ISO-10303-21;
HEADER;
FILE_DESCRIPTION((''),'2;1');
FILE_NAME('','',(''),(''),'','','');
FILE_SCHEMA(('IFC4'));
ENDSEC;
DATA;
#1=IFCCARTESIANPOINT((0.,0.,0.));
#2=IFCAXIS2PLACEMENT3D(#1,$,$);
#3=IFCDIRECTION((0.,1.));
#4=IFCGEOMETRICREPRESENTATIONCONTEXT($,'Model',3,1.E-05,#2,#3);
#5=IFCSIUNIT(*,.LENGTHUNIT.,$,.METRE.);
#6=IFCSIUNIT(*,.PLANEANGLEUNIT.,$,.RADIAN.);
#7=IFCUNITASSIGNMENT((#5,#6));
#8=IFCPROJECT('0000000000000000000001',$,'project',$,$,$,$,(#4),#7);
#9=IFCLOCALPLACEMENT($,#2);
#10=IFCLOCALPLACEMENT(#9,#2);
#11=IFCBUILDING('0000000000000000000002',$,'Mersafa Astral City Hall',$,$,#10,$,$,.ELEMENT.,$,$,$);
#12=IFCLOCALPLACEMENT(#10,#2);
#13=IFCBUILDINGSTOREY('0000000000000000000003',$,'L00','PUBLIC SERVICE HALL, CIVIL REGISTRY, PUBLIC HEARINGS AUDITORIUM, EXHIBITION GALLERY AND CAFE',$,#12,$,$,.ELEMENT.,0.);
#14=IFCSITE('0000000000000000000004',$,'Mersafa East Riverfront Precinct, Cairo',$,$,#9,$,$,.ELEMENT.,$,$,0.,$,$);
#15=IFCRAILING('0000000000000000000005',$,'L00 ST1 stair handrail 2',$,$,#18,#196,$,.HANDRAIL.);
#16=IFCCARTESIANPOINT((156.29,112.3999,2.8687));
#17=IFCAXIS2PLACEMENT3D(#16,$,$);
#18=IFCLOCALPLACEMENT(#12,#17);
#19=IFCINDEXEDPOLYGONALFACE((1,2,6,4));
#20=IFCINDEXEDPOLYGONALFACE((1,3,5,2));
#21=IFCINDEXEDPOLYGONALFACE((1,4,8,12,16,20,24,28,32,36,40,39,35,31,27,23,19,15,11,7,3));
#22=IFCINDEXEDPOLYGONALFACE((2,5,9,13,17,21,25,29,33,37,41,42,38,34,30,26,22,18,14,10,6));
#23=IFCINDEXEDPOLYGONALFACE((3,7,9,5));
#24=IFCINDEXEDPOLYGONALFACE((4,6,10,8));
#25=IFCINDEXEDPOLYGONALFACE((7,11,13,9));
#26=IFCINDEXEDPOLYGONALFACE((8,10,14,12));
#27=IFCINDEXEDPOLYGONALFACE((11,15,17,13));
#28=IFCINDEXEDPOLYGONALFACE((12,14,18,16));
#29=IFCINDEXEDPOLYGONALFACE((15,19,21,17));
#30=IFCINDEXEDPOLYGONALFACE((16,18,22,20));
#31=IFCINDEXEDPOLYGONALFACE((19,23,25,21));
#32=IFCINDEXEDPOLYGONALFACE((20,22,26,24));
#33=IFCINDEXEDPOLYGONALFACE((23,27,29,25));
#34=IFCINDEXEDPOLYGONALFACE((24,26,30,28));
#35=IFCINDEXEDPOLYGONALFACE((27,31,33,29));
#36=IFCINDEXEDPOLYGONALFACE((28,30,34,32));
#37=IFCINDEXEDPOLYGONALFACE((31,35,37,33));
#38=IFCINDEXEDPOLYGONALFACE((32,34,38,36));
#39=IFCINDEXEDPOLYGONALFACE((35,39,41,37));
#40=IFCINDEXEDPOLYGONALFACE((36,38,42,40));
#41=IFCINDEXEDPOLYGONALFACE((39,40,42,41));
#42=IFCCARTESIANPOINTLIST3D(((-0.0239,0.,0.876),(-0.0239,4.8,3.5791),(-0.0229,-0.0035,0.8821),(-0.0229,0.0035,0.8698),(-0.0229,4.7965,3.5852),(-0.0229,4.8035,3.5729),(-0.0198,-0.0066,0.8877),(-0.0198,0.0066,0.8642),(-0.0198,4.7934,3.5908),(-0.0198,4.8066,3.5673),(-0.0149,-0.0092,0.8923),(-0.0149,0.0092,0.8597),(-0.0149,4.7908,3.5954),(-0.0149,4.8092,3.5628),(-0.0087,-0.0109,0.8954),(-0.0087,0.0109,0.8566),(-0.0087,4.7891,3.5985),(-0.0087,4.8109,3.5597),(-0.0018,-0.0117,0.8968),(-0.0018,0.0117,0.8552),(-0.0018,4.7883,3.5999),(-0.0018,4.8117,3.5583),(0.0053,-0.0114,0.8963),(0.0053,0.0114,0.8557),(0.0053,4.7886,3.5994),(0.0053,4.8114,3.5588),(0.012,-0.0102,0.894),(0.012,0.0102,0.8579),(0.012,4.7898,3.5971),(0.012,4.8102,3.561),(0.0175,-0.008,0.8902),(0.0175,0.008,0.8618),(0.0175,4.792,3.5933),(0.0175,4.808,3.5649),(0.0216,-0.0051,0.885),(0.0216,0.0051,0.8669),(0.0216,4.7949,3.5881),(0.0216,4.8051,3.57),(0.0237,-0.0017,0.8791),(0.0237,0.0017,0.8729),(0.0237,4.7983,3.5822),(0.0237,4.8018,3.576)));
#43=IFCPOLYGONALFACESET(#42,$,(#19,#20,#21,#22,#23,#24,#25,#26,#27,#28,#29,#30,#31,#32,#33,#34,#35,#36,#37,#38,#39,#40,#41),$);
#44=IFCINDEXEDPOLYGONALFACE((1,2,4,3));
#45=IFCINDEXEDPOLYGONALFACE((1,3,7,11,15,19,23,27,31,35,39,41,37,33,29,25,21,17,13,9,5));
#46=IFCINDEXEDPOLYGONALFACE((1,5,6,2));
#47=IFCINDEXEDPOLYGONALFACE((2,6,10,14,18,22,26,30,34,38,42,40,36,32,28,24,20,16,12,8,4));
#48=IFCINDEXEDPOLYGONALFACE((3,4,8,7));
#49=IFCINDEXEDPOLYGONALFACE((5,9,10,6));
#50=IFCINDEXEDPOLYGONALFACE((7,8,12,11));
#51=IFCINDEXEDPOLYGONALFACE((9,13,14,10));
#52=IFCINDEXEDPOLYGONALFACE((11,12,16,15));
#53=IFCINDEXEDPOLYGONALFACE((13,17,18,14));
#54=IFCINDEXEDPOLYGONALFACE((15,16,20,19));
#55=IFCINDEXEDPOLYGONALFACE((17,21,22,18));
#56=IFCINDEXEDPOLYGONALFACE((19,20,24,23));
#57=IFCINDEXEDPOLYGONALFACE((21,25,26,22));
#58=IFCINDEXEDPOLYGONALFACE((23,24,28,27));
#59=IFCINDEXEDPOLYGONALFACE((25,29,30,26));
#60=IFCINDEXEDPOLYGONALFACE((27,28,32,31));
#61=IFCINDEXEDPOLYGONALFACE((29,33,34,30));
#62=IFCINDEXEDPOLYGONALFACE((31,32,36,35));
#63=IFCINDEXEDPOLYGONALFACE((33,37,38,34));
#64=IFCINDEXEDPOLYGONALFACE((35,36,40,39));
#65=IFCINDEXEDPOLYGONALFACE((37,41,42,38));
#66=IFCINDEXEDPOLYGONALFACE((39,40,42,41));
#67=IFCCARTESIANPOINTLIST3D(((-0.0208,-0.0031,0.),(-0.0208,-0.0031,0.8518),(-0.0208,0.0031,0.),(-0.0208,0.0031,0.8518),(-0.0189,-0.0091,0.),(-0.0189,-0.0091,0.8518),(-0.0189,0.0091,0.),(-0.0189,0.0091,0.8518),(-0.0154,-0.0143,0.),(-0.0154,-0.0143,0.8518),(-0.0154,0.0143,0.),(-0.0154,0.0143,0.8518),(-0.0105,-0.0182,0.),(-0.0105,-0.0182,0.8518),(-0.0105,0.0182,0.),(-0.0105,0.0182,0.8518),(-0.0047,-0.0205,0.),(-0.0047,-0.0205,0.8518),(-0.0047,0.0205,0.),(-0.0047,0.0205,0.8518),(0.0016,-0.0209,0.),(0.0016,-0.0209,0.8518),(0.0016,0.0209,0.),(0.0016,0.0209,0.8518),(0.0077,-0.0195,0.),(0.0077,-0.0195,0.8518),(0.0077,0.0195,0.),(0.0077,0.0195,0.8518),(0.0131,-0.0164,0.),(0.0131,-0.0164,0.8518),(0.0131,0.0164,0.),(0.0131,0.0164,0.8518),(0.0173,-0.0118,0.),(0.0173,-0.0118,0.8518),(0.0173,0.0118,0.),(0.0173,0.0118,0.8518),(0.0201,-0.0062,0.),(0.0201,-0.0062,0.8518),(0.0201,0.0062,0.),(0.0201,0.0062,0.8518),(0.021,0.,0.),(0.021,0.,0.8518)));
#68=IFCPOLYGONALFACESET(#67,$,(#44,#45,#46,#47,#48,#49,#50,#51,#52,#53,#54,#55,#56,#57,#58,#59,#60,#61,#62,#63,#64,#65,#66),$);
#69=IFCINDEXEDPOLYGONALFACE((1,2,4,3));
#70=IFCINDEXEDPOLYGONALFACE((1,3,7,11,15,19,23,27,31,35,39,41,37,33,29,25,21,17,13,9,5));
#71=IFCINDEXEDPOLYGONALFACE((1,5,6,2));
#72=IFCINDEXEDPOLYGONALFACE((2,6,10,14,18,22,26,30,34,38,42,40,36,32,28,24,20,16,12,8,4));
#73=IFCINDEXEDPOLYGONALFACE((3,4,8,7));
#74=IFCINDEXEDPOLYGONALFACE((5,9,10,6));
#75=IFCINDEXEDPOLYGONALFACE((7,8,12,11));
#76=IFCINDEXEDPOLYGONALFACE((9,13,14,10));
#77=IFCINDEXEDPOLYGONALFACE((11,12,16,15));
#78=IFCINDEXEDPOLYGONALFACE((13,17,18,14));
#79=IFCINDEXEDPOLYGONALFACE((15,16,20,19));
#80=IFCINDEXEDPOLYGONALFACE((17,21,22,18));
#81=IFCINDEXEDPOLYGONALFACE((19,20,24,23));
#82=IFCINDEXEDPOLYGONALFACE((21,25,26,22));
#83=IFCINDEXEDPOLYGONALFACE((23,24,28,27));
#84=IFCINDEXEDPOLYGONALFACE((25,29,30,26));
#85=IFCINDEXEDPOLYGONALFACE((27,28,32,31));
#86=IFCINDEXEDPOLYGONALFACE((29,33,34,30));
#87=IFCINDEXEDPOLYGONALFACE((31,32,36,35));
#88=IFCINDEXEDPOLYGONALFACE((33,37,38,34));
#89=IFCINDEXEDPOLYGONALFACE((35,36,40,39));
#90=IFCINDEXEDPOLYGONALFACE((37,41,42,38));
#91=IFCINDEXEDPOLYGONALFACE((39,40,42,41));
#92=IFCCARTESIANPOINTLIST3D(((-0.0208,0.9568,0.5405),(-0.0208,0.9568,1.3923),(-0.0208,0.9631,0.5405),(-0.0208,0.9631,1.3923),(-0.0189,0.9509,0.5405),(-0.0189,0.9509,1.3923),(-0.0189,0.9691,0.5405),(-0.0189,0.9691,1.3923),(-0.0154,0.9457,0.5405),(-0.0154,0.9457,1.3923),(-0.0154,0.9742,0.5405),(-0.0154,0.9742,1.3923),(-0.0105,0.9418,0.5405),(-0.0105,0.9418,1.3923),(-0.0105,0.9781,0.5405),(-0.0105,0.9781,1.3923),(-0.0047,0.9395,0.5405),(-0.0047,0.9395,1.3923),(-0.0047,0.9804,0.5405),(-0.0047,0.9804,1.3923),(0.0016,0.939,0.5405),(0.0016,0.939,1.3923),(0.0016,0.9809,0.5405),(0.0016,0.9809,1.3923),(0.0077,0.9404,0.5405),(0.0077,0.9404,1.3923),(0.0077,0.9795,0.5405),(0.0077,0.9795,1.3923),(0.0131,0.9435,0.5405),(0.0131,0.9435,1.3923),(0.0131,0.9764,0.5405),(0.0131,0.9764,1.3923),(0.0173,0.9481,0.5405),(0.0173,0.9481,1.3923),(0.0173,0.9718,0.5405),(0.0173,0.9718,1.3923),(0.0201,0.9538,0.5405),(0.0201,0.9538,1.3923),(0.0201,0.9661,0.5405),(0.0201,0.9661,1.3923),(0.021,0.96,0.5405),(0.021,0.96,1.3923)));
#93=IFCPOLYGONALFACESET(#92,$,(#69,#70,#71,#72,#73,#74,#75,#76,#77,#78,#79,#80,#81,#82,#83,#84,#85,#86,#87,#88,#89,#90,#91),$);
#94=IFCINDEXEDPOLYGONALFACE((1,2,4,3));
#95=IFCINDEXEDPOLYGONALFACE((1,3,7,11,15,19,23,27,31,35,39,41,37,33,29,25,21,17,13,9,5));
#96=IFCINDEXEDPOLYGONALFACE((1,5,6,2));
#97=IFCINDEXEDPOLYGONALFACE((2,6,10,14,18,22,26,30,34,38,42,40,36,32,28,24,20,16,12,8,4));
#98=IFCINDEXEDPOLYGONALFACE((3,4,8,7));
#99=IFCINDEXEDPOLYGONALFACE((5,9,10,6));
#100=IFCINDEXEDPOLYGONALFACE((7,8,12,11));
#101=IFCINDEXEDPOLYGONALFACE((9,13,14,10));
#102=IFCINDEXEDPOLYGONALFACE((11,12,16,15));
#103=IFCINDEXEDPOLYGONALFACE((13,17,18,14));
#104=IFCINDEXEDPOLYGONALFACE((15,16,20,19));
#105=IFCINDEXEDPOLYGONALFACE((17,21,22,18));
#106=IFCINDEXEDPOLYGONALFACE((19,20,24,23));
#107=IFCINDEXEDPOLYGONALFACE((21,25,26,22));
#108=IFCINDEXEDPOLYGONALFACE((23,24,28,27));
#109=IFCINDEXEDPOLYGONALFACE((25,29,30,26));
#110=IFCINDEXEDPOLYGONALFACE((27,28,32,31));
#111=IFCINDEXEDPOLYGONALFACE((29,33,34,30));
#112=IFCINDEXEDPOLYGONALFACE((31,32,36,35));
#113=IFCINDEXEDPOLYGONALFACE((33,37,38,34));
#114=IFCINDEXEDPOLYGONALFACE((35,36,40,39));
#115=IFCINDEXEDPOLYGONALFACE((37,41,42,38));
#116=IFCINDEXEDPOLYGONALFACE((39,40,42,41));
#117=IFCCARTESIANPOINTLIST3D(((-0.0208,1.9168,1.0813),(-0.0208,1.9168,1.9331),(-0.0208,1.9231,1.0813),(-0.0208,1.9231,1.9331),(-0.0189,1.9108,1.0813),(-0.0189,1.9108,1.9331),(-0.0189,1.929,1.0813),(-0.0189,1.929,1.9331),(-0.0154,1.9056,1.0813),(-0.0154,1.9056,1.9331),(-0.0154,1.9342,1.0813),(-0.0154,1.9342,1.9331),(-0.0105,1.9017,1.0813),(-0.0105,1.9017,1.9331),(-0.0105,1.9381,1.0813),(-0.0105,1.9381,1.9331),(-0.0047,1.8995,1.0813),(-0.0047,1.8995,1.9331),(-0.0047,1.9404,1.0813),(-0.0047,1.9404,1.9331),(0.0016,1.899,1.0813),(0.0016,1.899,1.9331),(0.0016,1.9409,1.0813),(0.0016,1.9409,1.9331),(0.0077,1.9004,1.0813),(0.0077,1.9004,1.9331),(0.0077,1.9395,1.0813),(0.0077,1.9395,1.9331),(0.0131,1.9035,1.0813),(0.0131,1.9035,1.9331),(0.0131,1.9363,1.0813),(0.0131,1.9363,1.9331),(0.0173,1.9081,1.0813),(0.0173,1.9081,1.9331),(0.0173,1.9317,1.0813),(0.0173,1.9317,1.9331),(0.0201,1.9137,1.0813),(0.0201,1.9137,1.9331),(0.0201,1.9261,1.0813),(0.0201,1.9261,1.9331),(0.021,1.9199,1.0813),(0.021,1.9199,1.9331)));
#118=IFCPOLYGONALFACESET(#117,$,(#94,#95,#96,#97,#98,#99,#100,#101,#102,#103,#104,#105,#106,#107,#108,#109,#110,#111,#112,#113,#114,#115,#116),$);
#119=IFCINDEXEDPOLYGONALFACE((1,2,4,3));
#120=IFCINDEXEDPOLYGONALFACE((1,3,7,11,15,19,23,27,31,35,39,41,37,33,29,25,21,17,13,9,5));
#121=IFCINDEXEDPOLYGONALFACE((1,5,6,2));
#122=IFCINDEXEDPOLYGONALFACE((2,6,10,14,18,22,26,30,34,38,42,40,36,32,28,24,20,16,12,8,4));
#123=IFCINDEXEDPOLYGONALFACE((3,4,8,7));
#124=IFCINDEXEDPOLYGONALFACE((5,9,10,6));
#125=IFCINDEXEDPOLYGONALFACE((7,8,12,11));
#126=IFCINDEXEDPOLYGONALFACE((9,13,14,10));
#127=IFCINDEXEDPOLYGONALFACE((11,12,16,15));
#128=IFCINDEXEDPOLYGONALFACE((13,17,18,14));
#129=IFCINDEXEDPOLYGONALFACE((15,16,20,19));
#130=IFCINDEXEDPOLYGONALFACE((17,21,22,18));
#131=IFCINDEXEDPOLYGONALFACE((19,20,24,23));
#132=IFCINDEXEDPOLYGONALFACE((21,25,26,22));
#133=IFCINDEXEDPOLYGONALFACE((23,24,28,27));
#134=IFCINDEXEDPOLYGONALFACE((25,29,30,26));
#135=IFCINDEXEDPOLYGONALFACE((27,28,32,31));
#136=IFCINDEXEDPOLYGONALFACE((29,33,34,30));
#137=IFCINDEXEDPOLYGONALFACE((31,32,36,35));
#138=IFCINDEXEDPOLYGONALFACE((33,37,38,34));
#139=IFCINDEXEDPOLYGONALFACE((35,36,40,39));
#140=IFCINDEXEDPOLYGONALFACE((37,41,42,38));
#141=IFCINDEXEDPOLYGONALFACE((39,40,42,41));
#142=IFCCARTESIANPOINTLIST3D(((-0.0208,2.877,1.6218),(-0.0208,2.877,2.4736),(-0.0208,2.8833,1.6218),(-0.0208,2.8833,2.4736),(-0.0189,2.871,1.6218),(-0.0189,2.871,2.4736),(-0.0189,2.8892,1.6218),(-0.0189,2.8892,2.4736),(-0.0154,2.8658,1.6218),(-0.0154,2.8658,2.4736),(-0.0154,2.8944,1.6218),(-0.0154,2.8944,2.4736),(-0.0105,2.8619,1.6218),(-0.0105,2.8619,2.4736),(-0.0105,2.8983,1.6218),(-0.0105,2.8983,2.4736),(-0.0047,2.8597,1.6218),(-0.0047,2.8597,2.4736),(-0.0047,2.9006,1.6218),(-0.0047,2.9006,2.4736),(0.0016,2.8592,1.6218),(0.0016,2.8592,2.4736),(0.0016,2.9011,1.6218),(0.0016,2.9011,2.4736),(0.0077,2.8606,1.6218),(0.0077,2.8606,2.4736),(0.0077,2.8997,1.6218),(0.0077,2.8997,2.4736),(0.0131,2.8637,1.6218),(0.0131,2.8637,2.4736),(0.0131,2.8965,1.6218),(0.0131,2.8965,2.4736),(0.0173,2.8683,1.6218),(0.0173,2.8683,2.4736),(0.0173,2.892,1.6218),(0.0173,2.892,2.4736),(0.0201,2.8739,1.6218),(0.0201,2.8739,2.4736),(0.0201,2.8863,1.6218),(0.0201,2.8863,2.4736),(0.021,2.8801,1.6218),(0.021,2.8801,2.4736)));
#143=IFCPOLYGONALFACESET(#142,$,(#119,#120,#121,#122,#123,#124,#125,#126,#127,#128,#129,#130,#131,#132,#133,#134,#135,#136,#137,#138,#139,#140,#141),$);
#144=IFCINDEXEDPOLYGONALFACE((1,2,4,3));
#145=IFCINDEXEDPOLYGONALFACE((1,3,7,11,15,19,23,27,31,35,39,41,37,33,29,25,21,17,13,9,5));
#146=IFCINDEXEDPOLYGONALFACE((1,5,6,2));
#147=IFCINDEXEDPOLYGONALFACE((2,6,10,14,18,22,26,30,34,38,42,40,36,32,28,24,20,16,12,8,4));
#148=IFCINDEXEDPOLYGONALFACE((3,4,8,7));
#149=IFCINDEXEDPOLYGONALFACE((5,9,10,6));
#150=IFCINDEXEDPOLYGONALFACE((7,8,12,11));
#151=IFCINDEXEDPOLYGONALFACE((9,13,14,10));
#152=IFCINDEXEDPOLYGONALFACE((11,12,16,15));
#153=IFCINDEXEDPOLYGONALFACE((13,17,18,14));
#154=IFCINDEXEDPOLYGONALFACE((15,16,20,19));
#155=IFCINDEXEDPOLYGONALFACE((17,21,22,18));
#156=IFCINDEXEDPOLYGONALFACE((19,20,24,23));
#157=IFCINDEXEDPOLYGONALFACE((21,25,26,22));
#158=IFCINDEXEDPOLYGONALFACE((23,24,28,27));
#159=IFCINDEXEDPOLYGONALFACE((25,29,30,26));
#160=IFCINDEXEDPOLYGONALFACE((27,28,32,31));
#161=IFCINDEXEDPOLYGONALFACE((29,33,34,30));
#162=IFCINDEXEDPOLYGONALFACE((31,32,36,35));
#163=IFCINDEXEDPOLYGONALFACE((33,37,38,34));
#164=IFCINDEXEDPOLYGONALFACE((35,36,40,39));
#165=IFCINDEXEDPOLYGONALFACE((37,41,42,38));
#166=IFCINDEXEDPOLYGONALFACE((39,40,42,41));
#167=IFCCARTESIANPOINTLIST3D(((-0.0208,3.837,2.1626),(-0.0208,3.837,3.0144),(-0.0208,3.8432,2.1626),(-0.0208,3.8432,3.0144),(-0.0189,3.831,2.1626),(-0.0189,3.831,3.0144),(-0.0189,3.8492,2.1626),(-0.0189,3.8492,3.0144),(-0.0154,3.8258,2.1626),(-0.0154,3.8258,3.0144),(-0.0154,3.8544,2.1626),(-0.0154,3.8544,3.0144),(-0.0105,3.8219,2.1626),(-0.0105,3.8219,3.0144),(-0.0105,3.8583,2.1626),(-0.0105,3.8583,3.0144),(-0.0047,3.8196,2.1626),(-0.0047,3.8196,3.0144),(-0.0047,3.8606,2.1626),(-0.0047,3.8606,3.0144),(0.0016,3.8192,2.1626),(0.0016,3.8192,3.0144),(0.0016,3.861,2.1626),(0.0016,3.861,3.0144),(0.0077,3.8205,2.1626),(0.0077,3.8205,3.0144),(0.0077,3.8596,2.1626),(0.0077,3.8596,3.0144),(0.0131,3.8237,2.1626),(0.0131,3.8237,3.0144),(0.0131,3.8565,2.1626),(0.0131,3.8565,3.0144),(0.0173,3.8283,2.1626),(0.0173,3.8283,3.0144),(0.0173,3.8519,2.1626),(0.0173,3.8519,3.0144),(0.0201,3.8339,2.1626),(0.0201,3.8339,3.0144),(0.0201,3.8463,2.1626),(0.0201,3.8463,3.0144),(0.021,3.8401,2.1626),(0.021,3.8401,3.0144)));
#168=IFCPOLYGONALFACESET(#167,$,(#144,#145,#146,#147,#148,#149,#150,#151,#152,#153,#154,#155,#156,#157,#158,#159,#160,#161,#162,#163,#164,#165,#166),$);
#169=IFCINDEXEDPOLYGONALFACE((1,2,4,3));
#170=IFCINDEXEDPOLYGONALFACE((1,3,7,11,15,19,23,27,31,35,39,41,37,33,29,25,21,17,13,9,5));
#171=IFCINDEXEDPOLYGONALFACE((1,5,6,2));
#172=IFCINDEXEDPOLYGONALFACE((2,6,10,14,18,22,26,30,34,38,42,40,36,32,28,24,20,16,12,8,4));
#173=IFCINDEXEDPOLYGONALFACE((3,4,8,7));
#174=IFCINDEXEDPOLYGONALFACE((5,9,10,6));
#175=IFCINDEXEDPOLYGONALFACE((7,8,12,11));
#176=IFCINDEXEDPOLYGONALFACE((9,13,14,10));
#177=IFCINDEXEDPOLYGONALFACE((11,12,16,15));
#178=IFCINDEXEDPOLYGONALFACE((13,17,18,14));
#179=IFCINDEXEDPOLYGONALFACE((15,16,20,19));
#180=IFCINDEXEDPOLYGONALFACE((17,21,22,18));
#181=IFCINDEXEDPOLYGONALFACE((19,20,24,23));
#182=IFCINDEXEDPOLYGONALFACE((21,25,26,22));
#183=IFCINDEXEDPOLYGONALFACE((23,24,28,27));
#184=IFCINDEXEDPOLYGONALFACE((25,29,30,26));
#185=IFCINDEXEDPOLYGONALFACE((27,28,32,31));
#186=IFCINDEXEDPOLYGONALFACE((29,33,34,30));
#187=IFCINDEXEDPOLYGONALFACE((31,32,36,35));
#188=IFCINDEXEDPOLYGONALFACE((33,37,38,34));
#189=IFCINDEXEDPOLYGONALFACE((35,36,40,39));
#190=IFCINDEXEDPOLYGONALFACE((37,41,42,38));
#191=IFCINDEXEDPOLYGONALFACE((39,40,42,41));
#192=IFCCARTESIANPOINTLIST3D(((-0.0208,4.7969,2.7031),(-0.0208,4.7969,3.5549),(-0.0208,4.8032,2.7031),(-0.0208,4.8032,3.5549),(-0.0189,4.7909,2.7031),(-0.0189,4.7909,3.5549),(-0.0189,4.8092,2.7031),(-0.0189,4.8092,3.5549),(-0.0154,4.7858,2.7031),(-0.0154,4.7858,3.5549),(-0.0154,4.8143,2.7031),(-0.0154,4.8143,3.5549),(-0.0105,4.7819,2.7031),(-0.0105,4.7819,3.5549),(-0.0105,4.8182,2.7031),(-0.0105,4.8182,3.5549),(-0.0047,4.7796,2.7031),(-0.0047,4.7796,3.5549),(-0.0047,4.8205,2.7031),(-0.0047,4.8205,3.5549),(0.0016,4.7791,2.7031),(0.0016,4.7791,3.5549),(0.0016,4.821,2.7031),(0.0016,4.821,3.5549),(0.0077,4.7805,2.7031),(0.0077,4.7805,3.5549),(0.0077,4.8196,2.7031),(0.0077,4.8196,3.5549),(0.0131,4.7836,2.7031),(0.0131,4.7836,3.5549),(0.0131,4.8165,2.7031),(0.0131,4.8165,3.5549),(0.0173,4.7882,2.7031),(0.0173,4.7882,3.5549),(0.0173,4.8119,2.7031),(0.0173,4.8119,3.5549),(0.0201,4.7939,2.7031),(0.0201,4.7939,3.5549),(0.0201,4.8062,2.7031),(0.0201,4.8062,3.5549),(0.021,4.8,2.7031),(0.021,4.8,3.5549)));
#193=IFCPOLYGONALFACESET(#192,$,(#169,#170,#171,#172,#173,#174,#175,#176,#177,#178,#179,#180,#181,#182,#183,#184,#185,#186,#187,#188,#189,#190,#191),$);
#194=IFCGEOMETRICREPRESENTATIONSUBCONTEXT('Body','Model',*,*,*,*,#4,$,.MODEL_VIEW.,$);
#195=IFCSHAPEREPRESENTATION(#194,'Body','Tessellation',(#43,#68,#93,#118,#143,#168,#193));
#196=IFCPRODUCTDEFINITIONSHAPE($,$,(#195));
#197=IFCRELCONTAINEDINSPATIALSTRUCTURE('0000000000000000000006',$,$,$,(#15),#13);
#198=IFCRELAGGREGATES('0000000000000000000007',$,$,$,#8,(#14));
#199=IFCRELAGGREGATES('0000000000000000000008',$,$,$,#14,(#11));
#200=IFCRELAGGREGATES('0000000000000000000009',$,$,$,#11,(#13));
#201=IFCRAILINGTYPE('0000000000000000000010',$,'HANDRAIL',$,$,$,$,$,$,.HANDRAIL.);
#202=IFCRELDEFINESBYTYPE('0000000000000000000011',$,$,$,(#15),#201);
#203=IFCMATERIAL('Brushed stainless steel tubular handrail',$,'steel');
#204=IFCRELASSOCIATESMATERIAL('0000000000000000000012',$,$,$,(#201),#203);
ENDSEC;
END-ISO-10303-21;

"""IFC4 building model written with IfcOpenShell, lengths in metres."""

from ifc_helpers import new_model, si_unit, direction, frame, origin, origin_2d, place, context, subcontext, project, spatial, circle, extrude, material, type_object, element, save


model = new_model("IFC4")

# Units and contexts
model_context = context("Model", 3, precision=1e-05, world=origin(), true_north=direction((0.0, 1.0)))
body_context = subcontext(model_context, "Body", "Model", "MODEL_VIEW")
ifc_project = project(units=[si_unit("LENGTHUNIT", "METRE"), si_unit("PLANEANGLEUNIT", "RADIAN")], contexts=[model_context])

# Site, building, storey
site_placement = place(None, origin())
site = spatial("IfcSite", under=ifc_project, at=site_placement, Name="Mersafa East Riverfront Precinct, Cairo", CompositionType="ELEMENT", RefElevation=0.0)
building_placement = place(site_placement, origin())
building = spatial("IfcBuilding", under=site, at=building_placement, Name="Mersafa Astral City Hall", CompositionType="ELEMENT")
storey_placement = place(building_placement, origin())
storey = spatial("IfcBuildingStorey", under=building, at=storey_placement, Name="L00", Description="PUBLIC SERVICE HALL, CIVIL REGISTRY, PUBLIC HEARINGS AUDITORIUM, EXHIBITION GALLERY AND CAFE", CompositionType="ELEMENT", Elevation=0.0)

# Railing
ifc_material_1 = material(Name="Brushed stainless steel tubular handrail", Category="steel")
railing_type_1 = type_object("IfcRailingType", Name="HANDRAIL", PredefinedType="HANDRAIL", material=ifc_material_1)
railing_1_placement = place(storey_placement, frame((156.29, 112.3999, 2.8687)))
element("IfcRailing", 1, at=railing_1_placement, inside=storey, type_object=railing_type_1, Name="L00 ST1 stair handrail 2", PredefinedType="HANDRAIL", context=body_context, shape_type="SweptSolid", body=[
    extrude(circle(Radius=0.0239, at=origin_2d()), frame((0.0, 0.0, 0.876), z_axis=(0.0, 0.871335, 0.490688), x_axis=(-1.0, 0.0, 0.0)), (0.0, 0.0, 1.0), 5.5088),
    extrude(circle(Radius=0.021, at=origin_2d()), origin(), (0.0, 0.0, 1.0), 0.8518),
    extrude(circle(Radius=0.021, at=origin_2d()), frame((0.0, 0.96, 0.5405)), (0.0, 0.0, 1.0), 0.8518),
    extrude(circle(Radius=0.021, at=origin_2d()), frame((0.0, 1.9199, 1.0813)), (0.0, 0.0, 1.0), 0.8518),
    extrude(circle(Radius=0.021, at=origin_2d()), frame((0.0, 2.8801, 1.6218)), (0.0, 0.0, 1.0), 0.8518),
    extrude(circle(Radius=0.021, at=origin_2d()), frame((0.0, 3.8401, 2.1626)), (0.0, 0.0, 1.0), 0.8518),
    extrude(circle(Radius=0.021, at=origin_2d()), frame((0.0, 4.8, 2.7031)), (0.0, 0.0, 1.0), 0.8518),
])

save(model, "model.ifc")
